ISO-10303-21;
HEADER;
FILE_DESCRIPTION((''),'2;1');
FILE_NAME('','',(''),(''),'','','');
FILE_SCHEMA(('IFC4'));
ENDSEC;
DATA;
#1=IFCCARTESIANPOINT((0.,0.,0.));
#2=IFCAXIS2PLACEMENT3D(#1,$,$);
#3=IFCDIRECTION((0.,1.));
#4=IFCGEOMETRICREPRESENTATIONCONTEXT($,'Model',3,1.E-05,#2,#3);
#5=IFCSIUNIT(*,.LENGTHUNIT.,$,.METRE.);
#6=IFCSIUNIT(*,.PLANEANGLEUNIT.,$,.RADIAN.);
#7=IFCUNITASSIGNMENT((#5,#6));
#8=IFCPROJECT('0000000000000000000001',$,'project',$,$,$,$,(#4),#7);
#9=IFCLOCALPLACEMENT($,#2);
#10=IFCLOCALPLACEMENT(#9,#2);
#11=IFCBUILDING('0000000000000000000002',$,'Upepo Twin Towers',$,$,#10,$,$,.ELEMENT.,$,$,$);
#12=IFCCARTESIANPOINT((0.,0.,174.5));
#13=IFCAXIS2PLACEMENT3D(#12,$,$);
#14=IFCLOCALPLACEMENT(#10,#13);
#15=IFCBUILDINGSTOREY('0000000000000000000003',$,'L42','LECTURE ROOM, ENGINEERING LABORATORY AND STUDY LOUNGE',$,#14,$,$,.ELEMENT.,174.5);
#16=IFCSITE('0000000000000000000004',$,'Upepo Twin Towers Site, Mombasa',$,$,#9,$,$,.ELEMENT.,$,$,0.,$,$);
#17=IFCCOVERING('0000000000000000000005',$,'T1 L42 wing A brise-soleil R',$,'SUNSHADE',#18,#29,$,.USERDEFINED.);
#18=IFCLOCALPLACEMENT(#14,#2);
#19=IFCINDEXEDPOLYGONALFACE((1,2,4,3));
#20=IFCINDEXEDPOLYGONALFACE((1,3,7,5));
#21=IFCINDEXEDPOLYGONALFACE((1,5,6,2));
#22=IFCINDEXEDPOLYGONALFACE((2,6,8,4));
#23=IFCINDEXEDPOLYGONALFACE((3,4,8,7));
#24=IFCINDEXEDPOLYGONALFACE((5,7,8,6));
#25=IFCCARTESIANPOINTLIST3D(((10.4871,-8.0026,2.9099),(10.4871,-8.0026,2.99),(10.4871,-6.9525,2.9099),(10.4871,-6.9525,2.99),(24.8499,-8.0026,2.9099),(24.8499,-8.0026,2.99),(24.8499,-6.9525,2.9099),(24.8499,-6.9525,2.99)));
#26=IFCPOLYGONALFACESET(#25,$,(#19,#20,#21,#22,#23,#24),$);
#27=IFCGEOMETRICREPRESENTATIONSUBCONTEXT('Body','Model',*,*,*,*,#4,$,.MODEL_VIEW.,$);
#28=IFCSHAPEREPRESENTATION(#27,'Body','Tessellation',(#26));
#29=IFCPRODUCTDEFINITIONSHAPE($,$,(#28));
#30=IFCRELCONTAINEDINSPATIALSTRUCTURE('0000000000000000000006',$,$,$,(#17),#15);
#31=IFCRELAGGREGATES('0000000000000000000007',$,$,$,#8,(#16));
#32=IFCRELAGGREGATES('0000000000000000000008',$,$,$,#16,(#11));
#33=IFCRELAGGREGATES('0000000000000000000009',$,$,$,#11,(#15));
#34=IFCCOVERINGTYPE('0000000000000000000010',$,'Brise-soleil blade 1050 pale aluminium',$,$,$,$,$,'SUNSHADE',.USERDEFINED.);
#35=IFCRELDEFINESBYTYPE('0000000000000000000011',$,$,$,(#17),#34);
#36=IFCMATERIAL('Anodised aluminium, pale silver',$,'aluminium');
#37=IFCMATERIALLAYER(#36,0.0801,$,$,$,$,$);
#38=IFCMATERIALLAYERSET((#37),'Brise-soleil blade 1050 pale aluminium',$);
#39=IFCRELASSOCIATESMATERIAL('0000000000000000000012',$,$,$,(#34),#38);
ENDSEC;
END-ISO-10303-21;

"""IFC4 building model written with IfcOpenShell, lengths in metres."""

from ifc_helpers import new_model, si_unit, direction, frame, origin, origin_2d, place, context, subcontext, project, spatial, rectangle, extrude, material, layer, layer_set, type_object, element, save


model = new_model("IFC4")

# Units and contexts
model_context = context("Model", 3, precision=1e-05, world=origin(), true_north=direction((0.0, 1.0)))
body_context = subcontext(model_context, "Body", "Model", "MODEL_VIEW")
ifc_project = project(units=[si_unit("LENGTHUNIT", "METRE"), si_unit("PLANEANGLEUNIT", "RADIAN")], contexts=[model_context])

# Site, building, storey
site_placement = place(None, origin())
site = spatial("IfcSite", under=ifc_project, at=site_placement, Name="Upepo Twin Towers Site, Mombasa", CompositionType="ELEMENT", RefElevation=0.0)
building_placement = place(site_placement, origin())
building = spatial("IfcBuilding", under=site, at=building_placement, Name="Upepo Twin Towers", CompositionType="ELEMENT")
storey_placement = place(building_placement, frame((0.0, 0.0, 174.5)))
storey = spatial("IfcBuildingStorey", under=building, at=storey_placement, Name="L42", Description="LECTURE ROOM, ENGINEERING LABORATORY AND STUDY LOUNGE", CompositionType="ELEMENT", Elevation=174.5)

# Covering
ifc_material_1 = material(Name="Anodised aluminium, pale silver", Category="aluminium")
ifc_layer_1 = layer(ifc_material_1, 0.0801)
ifc_layer_set_1 = layer_set([ifc_layer_1], Name="Brise-soleil blade 1050 pale aluminium")
covering_type = type_object("IfcCoveringType", Name="Brise-soleil blade 1050 pale aluminium", ElementType="SUNSHADE", PredefinedType="USERDEFINED", material=ifc_layer_set_1)
covering_placement = place(storey_placement, frame((17.6685, -7.4775, 2.9099), z_axis=(0.0, 0.0, 1.0), x_axis=(1.0, 0.0, 0.0)))
element("IfcCovering", 1, at=covering_placement, inside=storey, type_object=covering_type, Name="T1 L42 wing A brise-soleil R", ObjectType="SUNSHADE", PredefinedType="USERDEFINED", context=body_context, shape_type="SweptSolid", body=[
    extrude(rectangle(XDim=14.3628, YDim=1.05, at=origin_2d()), origin(), (0.0, 0.0, 1.0), 0.0801),
])

save(model, "model.ifc")
